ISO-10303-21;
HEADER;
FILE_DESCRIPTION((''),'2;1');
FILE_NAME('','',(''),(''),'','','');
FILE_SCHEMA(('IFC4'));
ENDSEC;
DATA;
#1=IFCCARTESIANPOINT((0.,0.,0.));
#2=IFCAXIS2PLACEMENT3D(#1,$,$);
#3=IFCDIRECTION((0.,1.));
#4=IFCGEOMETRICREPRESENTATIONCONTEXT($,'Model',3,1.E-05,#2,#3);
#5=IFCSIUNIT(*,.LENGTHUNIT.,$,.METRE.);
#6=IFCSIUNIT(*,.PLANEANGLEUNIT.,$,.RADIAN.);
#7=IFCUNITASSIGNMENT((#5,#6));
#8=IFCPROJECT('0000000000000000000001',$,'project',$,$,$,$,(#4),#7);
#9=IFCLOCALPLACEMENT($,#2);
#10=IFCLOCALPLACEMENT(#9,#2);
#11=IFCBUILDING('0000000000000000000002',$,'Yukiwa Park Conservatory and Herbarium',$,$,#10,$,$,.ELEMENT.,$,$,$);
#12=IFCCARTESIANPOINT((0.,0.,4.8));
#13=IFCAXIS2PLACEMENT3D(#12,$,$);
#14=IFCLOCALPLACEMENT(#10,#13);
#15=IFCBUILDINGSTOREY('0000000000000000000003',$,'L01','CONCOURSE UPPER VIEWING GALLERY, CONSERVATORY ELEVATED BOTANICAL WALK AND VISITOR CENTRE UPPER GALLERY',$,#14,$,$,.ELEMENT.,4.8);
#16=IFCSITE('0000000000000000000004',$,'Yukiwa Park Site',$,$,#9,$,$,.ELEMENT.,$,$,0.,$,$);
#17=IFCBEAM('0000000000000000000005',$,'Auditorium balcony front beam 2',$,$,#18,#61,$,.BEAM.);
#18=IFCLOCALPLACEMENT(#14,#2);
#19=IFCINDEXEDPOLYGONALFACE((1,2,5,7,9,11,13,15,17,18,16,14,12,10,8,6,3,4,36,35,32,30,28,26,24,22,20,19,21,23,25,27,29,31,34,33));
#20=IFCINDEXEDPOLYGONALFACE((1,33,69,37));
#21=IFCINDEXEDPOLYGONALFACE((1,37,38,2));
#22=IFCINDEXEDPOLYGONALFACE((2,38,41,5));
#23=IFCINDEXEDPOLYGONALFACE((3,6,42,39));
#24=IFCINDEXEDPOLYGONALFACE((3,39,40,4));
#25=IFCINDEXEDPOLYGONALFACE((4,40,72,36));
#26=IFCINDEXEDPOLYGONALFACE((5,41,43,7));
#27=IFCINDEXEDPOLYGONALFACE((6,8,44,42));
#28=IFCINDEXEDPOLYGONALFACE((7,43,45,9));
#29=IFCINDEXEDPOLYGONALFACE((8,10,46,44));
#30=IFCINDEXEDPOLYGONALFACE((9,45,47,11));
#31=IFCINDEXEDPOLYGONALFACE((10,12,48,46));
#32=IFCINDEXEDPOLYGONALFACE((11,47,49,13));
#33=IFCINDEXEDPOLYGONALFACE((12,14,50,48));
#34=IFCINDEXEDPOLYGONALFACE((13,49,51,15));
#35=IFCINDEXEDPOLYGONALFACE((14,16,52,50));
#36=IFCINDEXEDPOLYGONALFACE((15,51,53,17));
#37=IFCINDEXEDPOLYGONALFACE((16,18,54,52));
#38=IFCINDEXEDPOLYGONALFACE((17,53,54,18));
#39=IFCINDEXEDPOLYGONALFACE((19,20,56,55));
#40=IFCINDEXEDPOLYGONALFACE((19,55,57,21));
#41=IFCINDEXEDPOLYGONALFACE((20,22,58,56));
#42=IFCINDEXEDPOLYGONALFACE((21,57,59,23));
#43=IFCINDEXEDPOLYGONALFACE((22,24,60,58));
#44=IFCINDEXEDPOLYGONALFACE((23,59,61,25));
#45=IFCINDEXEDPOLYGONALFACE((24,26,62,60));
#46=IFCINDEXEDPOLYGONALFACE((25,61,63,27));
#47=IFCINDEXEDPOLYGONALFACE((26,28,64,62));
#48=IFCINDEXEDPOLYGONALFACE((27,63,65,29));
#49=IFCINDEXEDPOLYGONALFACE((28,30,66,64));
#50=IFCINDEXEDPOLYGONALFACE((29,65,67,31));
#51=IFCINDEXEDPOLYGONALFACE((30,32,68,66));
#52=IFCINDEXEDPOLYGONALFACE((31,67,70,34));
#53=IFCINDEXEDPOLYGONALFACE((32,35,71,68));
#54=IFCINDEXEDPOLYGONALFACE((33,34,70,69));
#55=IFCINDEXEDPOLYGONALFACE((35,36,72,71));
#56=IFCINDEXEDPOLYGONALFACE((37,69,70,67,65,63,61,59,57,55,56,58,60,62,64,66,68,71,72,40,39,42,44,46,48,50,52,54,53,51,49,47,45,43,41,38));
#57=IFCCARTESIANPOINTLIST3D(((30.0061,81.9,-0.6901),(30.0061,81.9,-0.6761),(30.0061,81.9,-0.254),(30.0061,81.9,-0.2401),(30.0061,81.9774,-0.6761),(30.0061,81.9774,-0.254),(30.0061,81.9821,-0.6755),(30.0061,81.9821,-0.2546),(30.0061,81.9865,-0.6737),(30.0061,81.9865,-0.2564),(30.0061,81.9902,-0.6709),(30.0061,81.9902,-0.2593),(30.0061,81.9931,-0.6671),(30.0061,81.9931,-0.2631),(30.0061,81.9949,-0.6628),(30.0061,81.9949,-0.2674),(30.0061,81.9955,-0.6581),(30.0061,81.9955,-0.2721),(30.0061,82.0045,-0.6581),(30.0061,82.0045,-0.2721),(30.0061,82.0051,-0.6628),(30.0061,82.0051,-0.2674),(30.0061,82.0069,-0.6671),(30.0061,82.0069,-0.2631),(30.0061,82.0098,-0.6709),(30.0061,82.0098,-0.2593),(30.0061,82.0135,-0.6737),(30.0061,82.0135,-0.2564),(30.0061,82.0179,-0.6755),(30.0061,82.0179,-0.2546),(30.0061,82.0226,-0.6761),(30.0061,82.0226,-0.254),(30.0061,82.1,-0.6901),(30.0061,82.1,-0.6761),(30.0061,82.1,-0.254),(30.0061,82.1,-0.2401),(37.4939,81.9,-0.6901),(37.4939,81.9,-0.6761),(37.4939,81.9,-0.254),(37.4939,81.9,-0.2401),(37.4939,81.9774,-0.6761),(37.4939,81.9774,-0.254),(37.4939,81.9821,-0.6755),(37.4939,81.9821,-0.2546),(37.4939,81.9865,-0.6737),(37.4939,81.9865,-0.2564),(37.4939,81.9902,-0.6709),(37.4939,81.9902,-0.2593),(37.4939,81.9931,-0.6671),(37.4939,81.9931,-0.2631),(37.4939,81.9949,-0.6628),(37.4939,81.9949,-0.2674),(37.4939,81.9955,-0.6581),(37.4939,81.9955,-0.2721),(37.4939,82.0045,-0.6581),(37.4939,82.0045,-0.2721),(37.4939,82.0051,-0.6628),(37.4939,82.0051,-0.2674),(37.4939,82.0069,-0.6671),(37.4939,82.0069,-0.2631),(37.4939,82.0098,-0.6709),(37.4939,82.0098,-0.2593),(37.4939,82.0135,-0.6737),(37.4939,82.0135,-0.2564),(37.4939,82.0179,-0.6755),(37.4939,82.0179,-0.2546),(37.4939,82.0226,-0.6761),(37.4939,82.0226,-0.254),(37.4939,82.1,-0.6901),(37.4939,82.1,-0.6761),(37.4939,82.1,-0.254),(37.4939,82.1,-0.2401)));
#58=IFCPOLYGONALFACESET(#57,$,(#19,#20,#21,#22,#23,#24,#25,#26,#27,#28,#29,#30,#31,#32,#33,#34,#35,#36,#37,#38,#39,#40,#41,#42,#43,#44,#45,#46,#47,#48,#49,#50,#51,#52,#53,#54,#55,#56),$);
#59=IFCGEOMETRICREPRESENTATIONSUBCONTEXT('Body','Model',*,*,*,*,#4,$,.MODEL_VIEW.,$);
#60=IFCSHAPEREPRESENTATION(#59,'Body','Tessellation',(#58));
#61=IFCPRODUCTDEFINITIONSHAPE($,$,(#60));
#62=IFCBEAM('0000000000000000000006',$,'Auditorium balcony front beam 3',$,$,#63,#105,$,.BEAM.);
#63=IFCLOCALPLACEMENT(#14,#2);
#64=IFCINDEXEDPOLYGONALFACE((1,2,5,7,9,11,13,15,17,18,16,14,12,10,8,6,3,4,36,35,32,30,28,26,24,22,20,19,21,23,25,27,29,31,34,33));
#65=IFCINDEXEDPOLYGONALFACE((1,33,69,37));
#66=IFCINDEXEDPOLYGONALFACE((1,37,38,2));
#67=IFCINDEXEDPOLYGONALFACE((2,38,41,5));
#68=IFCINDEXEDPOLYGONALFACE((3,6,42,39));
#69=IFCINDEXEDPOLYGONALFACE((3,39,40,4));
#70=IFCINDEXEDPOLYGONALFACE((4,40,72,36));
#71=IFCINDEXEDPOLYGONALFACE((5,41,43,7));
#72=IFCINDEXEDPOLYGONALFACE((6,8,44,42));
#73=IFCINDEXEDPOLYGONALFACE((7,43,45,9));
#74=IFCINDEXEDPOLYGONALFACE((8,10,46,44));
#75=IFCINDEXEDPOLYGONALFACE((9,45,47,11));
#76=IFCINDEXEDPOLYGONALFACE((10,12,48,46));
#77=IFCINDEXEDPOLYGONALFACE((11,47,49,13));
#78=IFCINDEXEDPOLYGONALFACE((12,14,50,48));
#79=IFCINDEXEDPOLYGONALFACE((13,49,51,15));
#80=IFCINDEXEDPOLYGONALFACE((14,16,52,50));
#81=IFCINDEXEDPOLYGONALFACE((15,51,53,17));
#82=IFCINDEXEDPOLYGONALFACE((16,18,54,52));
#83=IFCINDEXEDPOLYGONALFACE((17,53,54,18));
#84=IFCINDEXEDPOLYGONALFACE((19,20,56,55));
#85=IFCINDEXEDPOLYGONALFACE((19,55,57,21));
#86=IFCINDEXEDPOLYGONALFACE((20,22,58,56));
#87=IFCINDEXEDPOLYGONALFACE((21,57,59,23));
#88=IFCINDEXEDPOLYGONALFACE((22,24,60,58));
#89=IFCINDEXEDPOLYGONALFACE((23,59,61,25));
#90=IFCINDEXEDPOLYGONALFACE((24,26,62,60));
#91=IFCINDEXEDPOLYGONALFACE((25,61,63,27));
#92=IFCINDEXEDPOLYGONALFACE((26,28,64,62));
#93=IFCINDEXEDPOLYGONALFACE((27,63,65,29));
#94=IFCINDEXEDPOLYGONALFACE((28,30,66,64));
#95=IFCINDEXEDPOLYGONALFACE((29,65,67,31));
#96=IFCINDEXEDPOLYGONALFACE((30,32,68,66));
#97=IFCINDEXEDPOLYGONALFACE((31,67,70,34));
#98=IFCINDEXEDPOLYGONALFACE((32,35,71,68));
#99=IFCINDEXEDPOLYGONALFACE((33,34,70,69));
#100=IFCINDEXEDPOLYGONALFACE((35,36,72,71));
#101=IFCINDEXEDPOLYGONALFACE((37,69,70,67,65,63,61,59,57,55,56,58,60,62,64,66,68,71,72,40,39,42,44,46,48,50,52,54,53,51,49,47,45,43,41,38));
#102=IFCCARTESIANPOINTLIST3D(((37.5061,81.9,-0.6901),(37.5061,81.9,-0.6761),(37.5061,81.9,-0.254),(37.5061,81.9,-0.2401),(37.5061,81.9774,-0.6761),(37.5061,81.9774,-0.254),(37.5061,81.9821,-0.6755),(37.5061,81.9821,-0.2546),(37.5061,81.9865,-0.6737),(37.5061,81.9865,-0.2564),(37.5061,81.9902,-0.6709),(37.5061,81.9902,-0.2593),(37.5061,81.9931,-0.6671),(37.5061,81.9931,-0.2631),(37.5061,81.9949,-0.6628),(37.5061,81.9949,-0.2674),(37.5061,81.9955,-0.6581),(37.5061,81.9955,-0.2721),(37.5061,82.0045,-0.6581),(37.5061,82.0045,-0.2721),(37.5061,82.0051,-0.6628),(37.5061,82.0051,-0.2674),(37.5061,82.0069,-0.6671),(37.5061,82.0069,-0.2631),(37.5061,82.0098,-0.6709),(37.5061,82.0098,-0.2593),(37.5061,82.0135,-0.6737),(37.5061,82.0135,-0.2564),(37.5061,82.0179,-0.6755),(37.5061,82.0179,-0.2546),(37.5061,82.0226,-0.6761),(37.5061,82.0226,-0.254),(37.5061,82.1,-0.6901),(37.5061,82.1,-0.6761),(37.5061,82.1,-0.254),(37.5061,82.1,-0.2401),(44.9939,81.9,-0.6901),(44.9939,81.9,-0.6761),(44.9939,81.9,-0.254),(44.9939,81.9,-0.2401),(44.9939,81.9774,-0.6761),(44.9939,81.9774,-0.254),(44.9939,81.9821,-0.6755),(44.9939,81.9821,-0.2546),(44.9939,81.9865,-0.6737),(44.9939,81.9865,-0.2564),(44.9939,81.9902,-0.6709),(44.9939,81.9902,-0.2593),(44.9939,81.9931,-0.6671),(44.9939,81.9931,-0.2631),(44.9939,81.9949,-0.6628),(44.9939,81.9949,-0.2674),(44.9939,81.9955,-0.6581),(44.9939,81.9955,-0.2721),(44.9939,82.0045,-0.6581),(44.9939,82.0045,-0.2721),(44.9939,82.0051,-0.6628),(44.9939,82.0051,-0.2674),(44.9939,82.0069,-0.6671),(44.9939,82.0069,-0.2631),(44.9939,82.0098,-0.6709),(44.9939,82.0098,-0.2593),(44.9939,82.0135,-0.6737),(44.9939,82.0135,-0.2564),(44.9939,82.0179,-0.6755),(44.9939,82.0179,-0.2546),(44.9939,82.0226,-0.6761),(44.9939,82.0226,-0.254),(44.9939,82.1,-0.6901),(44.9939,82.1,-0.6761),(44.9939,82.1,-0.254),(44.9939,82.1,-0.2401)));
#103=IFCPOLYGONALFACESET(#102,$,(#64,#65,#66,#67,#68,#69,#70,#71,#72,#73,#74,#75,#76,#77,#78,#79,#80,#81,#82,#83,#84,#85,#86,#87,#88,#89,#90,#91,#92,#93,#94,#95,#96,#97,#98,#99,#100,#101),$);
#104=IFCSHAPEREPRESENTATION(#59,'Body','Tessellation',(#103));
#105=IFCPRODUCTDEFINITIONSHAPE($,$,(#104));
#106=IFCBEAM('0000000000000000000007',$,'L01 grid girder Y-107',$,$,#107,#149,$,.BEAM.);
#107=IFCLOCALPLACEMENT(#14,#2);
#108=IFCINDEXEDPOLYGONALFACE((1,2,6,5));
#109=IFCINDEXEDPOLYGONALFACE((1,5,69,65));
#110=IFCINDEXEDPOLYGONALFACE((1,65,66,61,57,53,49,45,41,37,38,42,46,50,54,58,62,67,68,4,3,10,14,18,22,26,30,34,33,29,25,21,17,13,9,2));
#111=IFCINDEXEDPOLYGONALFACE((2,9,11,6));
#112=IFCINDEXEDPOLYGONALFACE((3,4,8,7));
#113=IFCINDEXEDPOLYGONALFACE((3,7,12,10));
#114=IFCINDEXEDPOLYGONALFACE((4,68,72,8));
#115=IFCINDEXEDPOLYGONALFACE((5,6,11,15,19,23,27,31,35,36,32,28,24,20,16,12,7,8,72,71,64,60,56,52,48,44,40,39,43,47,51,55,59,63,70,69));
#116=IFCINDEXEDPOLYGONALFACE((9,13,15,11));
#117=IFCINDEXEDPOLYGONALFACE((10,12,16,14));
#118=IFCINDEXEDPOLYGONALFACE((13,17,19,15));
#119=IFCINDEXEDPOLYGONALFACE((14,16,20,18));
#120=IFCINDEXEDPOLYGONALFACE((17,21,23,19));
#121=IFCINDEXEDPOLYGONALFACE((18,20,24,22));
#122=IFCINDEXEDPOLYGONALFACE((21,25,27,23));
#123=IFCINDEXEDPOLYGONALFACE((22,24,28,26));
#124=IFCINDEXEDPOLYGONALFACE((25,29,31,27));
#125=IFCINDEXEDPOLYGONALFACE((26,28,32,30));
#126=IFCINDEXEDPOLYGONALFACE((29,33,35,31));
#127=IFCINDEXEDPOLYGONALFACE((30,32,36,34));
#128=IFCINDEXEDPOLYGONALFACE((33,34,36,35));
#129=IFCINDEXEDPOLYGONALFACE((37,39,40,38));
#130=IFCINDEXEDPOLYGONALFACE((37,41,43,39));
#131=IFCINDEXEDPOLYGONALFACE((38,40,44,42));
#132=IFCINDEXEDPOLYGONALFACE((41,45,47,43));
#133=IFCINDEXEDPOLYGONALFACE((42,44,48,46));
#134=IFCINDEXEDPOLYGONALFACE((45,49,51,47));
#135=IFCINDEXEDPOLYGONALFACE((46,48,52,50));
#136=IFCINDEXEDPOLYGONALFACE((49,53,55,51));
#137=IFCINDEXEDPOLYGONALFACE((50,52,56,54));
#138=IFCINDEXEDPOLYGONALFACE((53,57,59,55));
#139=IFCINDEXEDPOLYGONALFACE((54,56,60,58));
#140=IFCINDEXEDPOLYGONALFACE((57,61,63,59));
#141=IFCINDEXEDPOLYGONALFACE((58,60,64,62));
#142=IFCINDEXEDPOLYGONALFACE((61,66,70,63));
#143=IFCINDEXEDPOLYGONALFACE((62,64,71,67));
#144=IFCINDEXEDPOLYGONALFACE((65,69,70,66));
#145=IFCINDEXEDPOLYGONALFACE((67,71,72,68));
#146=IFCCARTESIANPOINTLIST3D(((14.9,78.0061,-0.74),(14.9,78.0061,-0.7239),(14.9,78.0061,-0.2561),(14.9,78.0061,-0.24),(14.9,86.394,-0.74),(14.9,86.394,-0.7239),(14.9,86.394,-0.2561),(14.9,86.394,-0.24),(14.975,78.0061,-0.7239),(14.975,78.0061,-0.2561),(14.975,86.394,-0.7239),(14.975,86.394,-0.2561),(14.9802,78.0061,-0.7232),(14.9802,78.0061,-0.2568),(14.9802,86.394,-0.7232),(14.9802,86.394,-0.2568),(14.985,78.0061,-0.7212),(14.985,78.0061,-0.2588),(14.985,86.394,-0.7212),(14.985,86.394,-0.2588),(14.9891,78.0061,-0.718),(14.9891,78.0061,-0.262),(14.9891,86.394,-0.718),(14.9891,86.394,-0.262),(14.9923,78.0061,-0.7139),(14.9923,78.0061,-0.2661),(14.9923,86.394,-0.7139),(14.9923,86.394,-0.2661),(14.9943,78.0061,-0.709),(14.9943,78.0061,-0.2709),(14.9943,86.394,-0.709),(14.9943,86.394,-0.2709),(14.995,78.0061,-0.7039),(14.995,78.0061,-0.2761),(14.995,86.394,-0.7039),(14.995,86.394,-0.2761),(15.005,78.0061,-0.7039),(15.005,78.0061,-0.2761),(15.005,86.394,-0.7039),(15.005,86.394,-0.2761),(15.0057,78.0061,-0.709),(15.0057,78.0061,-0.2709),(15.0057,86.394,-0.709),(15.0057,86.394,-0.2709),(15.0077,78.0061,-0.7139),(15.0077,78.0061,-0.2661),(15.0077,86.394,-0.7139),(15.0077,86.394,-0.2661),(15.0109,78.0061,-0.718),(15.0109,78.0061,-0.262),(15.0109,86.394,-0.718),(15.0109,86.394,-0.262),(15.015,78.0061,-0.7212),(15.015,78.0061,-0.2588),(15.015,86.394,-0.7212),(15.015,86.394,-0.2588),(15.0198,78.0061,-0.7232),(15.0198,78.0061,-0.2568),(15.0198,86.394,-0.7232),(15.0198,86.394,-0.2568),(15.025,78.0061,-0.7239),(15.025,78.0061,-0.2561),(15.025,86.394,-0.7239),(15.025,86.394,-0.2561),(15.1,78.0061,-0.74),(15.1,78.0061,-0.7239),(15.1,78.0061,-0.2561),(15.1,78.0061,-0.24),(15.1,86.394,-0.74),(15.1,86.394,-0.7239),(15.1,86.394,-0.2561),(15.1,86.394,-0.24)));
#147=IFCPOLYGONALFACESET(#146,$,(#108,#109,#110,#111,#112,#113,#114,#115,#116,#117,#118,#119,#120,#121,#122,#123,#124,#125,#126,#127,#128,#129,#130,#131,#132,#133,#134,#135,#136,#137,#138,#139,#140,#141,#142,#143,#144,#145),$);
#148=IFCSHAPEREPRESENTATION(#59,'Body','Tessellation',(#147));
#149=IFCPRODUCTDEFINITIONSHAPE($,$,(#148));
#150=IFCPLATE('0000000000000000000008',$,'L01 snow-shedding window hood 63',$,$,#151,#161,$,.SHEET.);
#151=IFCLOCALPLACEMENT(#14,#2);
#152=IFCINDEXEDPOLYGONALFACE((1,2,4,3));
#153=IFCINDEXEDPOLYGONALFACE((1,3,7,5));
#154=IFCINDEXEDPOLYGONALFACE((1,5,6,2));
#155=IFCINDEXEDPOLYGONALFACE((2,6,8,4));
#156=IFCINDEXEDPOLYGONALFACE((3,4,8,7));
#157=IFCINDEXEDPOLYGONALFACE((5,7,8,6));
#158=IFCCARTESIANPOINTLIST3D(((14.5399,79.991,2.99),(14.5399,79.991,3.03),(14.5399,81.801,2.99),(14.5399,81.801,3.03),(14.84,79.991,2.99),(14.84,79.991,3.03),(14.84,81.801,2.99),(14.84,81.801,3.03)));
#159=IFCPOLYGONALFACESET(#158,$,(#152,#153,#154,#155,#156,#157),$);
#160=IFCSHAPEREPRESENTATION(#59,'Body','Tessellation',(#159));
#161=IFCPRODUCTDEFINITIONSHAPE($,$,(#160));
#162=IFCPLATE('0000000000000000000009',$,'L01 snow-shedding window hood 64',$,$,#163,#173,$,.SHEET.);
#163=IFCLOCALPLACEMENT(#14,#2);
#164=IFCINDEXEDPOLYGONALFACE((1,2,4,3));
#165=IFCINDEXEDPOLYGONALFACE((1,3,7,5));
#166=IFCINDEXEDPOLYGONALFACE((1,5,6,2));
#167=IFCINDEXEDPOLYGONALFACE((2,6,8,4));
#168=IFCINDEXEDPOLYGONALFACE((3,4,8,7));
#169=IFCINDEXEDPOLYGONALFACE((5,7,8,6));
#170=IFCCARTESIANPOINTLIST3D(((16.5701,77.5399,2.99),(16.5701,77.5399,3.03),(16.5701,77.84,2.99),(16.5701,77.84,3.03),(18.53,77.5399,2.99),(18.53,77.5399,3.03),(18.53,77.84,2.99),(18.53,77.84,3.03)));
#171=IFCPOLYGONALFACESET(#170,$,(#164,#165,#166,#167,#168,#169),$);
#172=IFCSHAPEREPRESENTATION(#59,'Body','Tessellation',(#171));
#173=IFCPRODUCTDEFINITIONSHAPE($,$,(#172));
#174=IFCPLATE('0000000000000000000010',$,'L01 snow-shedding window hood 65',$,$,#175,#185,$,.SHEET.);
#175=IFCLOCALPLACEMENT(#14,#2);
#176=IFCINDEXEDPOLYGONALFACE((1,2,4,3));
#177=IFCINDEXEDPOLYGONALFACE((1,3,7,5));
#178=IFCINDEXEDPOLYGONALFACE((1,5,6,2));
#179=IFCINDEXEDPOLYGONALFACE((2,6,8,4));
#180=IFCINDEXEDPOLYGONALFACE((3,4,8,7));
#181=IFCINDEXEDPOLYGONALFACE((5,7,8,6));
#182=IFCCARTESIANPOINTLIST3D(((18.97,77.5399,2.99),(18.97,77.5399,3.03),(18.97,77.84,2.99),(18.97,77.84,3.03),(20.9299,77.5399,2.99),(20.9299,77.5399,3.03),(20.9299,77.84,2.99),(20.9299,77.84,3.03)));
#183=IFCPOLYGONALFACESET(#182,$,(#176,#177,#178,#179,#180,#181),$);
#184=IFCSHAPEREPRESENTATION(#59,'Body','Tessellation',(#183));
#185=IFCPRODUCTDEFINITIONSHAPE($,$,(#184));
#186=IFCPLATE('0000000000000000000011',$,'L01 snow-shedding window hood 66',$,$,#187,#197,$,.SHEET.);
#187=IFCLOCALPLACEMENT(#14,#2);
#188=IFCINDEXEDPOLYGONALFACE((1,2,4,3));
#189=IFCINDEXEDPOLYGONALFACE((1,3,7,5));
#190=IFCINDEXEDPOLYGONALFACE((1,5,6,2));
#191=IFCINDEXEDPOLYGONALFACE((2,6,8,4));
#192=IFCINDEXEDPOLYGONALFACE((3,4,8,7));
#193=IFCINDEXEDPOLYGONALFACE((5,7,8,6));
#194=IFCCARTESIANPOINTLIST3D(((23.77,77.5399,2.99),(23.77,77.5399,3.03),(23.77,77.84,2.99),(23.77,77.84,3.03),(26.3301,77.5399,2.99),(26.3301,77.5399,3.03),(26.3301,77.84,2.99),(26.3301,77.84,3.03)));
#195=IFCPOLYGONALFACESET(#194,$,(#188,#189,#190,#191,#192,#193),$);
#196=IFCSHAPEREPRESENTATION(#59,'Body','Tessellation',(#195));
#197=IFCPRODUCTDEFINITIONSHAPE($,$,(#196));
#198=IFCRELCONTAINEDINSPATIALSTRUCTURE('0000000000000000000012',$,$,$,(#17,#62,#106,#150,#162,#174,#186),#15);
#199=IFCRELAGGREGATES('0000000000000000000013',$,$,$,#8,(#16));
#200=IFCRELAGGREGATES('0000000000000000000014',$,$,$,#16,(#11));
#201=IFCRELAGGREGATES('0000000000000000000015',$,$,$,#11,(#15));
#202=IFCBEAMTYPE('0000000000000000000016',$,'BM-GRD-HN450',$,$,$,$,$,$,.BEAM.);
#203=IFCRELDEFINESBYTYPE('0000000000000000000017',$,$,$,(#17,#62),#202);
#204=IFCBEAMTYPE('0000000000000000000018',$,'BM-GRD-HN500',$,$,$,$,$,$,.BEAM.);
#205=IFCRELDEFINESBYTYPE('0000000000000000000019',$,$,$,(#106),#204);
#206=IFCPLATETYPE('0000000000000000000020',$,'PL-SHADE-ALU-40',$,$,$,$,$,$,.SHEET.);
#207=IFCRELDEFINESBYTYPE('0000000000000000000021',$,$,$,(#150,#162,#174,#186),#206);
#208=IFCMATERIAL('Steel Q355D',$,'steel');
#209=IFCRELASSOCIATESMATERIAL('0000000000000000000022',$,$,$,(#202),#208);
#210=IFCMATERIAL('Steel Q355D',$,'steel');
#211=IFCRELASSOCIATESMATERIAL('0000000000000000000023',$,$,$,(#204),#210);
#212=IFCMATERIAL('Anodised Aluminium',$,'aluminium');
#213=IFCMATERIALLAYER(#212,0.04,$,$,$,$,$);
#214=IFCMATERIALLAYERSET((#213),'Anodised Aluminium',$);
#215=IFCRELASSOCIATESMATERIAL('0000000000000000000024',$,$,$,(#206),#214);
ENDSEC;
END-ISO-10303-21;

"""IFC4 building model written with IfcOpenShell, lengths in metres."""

from ifc_helpers import new_model, si_unit, direction, frame, origin, origin_2d, place, context, subcontext, project, spatial, rectangle, i_section, extrude, material, layer, layer_set, material_profile, profile_set, type_object, element, save


model = new_model("IFC4")

# Units and contexts
model_context = context("Model", 3, precision=1e-05, world=origin(), true_north=direction((0.0, 1.0)))
body_context = subcontext(model_context, "Body", "Model", "MODEL_VIEW")
ifc_project = project(units=[si_unit("LENGTHUNIT", "METRE"), si_unit("PLANEANGLEUNIT", "RADIAN")], contexts=[model_context])

# Site, building, storey
site_placement = place(None, origin())
site = spatial("IfcSite", under=ifc_project, at=site_placement, Name="Yukiwa Park Site", CompositionType="ELEMENT", RefElevation=0.0)
building_placement = place(site_placement, origin())
building = spatial("IfcBuilding", under=site, at=building_placement, Name="Yukiwa Park Conservatory and Herbarium", CompositionType="ELEMENT")
storey_placement = place(building_placement, frame((0.0, 0.0, 4.8)))
storey = spatial("IfcBuildingStorey", under=building, at=storey_placement, Name="L01", Description="CONCOURSE UPPER VIEWING GALLERY, CONSERVATORY ELEVATED BOTANICAL WALK AND VISITOR CENTRE UPPER GALLERY", CompositionType="ELEMENT", Elevation=4.8)

# Beams
ifc_material_1 = material(Name="Steel Q355D", Category="steel")
ifc_material_profile_1 = material_profile(ifc_material_1, i_section(OverallWidth=0.2, OverallDepth=0.45, WebThickness=0.009, FlangeThickness=0.0139, FilletRadius=0.0181, at=origin_2d()), Name="HN 450x200x9x14")
ifc_profile_set_1 = profile_set([ifc_material_profile_1], Name="Steel Q355D")
beam_type_1 = type_object("IfcBeamType", Name="BM-GRD-HN450", PredefinedType="BEAM", material=ifc_profile_set_1)
for number, where, z_axis, x_axis, name in (
    (1, (30.0061, 82.0, -0.4651), (1.0, 0.0, 0.0), (0.0, 1.0, 0.0), "Auditorium balcony front beam 2"),
    (2, (37.5061, 82.0, -0.4651), (1.0, 0.0, 0.0), (0.0, 1.0, 0.0), "Auditorium balcony front beam 3"),
):
    element("IfcBeam", number, at=place(storey_placement, frame(where, z_axis=z_axis, x_axis=x_axis)), inside=storey, type_object=beam_type_1, Name=name, PredefinedType="BEAM", context=body_context, shape_type="SweptSolid", body=[
        extrude(i_section(OverallWidth=0.2, OverallDepth=0.45, WebThickness=0.009, FlangeThickness=0.0139, FilletRadius=0.0181, at=origin_2d()), origin(), (0.0, 0.0, 1.0), 7.4878),
    ])
ifc_material_2 = material(Name="Steel Q355D", Category="steel")
ifc_material_profile_2 = material_profile(ifc_material_2, i_section(OverallWidth=0.2, OverallDepth=0.5, WebThickness=0.01, FlangeThickness=0.0161, FilletRadius=0.02, at=origin_2d()), Name="HN 500x200x10x16")
ifc_profile_set_2 = profile_set([ifc_material_profile_2], Name="Steel Q355D")
beam_type_2 = type_object("IfcBeamType", Name="BM-GRD-HN500", PredefinedType="BEAM", material=ifc_profile_set_2)
beam_placement = place(storey_placement, frame((15.0, 78.0061, -0.49), z_axis=(0.0, 1.0, 0.0), x_axis=(-1.0, 0.0, 0.0)))
element("IfcBeam", 3, at=beam_placement, inside=storey, type_object=beam_type_2, Name="L01 grid girder Y-107", PredefinedType="BEAM", context=body_context, shape_type="SweptSolid", body=[
    extrude(i_section(OverallWidth=0.2, OverallDepth=0.5, WebThickness=0.01, FlangeThickness=0.0161, FilletRadius=0.02, at=origin_2d()), origin(), (0.0, 0.0, 1.0), 8.3879),
])

# Plates
ifc_material_3 = material(Name="Anodised Aluminium", Category="aluminium")
ifc_layer_1 = layer(ifc_material_3, 0.04)
ifc_layer_set_1 = layer_set([ifc_layer_1], Name="Anodised Aluminium")
plate_type = type_object("IfcPlateType", Name="PL-SHADE-ALU-40", PredefinedType="SHEET", material=ifc_layer_set_1)
plate_1_placement = place(storey_placement, frame((14.6899, 80.896, 2.99), z_axis=(0.0, 0.0, 1.0), x_axis=(0.0, -1.0, 0.0)))
element("IfcPlate", 4, at=plate_1_placement, inside=storey, type_object=plate_type, Name="L01 snow-shedding window hood 63", PredefinedType="SHEET", context=body_context, shape_type="SweptSolid", body=[
    extrude(rectangle(XDim=1.8101, YDim=0.3, at=origin_2d()), origin(), (0.0, 0.0, 1.0), 0.04),
])
for number, where, z_axis, x_axis, name in (
    (5, (17.55, 77.6899, 2.99), (0.0, 0.0, 1.0), (1.0, 0.0, 0.0), "L01 snow-shedding window hood 64"),
    (6, (19.95, 77.6899, 2.99), (0.0, 0.0, 1.0), (1.0, 0.0, 0.0), "L01 snow-shedding window hood 65"),
):
    element("IfcPlate", number, at=place(storey_placement, frame(where, z_axis=z_axis, x_axis=x_axis)), inside=storey, type_object=plate_type, Name=name, PredefinedType="SHEET", context=body_context, shape_type="SweptSolid", body=[
        extrude(rectangle(XDim=1.96, YDim=0.3, at=origin_2d()), origin(), (0.0, 0.0, 1.0), 0.04),
    ])
plate_2_placement = place(storey_placement, frame((25.05, 77.6899, 2.99), z_axis=(0.0, 0.0, 1.0), x_axis=(1.0, 0.0, 0.0)))
element("IfcPlate", 7, at=plate_2_placement, inside=storey, type_object=plate_type, Name="L01 snow-shedding window hood 66", PredefinedType="SHEET", context=body_context, shape_type="SweptSolid", body=[
    extrude(rectangle(XDim=2.5601, YDim=0.3, at=origin_2d()), origin(), (0.0, 0.0, 1.0), 0.04),
])

save(model, "model.ifc")
